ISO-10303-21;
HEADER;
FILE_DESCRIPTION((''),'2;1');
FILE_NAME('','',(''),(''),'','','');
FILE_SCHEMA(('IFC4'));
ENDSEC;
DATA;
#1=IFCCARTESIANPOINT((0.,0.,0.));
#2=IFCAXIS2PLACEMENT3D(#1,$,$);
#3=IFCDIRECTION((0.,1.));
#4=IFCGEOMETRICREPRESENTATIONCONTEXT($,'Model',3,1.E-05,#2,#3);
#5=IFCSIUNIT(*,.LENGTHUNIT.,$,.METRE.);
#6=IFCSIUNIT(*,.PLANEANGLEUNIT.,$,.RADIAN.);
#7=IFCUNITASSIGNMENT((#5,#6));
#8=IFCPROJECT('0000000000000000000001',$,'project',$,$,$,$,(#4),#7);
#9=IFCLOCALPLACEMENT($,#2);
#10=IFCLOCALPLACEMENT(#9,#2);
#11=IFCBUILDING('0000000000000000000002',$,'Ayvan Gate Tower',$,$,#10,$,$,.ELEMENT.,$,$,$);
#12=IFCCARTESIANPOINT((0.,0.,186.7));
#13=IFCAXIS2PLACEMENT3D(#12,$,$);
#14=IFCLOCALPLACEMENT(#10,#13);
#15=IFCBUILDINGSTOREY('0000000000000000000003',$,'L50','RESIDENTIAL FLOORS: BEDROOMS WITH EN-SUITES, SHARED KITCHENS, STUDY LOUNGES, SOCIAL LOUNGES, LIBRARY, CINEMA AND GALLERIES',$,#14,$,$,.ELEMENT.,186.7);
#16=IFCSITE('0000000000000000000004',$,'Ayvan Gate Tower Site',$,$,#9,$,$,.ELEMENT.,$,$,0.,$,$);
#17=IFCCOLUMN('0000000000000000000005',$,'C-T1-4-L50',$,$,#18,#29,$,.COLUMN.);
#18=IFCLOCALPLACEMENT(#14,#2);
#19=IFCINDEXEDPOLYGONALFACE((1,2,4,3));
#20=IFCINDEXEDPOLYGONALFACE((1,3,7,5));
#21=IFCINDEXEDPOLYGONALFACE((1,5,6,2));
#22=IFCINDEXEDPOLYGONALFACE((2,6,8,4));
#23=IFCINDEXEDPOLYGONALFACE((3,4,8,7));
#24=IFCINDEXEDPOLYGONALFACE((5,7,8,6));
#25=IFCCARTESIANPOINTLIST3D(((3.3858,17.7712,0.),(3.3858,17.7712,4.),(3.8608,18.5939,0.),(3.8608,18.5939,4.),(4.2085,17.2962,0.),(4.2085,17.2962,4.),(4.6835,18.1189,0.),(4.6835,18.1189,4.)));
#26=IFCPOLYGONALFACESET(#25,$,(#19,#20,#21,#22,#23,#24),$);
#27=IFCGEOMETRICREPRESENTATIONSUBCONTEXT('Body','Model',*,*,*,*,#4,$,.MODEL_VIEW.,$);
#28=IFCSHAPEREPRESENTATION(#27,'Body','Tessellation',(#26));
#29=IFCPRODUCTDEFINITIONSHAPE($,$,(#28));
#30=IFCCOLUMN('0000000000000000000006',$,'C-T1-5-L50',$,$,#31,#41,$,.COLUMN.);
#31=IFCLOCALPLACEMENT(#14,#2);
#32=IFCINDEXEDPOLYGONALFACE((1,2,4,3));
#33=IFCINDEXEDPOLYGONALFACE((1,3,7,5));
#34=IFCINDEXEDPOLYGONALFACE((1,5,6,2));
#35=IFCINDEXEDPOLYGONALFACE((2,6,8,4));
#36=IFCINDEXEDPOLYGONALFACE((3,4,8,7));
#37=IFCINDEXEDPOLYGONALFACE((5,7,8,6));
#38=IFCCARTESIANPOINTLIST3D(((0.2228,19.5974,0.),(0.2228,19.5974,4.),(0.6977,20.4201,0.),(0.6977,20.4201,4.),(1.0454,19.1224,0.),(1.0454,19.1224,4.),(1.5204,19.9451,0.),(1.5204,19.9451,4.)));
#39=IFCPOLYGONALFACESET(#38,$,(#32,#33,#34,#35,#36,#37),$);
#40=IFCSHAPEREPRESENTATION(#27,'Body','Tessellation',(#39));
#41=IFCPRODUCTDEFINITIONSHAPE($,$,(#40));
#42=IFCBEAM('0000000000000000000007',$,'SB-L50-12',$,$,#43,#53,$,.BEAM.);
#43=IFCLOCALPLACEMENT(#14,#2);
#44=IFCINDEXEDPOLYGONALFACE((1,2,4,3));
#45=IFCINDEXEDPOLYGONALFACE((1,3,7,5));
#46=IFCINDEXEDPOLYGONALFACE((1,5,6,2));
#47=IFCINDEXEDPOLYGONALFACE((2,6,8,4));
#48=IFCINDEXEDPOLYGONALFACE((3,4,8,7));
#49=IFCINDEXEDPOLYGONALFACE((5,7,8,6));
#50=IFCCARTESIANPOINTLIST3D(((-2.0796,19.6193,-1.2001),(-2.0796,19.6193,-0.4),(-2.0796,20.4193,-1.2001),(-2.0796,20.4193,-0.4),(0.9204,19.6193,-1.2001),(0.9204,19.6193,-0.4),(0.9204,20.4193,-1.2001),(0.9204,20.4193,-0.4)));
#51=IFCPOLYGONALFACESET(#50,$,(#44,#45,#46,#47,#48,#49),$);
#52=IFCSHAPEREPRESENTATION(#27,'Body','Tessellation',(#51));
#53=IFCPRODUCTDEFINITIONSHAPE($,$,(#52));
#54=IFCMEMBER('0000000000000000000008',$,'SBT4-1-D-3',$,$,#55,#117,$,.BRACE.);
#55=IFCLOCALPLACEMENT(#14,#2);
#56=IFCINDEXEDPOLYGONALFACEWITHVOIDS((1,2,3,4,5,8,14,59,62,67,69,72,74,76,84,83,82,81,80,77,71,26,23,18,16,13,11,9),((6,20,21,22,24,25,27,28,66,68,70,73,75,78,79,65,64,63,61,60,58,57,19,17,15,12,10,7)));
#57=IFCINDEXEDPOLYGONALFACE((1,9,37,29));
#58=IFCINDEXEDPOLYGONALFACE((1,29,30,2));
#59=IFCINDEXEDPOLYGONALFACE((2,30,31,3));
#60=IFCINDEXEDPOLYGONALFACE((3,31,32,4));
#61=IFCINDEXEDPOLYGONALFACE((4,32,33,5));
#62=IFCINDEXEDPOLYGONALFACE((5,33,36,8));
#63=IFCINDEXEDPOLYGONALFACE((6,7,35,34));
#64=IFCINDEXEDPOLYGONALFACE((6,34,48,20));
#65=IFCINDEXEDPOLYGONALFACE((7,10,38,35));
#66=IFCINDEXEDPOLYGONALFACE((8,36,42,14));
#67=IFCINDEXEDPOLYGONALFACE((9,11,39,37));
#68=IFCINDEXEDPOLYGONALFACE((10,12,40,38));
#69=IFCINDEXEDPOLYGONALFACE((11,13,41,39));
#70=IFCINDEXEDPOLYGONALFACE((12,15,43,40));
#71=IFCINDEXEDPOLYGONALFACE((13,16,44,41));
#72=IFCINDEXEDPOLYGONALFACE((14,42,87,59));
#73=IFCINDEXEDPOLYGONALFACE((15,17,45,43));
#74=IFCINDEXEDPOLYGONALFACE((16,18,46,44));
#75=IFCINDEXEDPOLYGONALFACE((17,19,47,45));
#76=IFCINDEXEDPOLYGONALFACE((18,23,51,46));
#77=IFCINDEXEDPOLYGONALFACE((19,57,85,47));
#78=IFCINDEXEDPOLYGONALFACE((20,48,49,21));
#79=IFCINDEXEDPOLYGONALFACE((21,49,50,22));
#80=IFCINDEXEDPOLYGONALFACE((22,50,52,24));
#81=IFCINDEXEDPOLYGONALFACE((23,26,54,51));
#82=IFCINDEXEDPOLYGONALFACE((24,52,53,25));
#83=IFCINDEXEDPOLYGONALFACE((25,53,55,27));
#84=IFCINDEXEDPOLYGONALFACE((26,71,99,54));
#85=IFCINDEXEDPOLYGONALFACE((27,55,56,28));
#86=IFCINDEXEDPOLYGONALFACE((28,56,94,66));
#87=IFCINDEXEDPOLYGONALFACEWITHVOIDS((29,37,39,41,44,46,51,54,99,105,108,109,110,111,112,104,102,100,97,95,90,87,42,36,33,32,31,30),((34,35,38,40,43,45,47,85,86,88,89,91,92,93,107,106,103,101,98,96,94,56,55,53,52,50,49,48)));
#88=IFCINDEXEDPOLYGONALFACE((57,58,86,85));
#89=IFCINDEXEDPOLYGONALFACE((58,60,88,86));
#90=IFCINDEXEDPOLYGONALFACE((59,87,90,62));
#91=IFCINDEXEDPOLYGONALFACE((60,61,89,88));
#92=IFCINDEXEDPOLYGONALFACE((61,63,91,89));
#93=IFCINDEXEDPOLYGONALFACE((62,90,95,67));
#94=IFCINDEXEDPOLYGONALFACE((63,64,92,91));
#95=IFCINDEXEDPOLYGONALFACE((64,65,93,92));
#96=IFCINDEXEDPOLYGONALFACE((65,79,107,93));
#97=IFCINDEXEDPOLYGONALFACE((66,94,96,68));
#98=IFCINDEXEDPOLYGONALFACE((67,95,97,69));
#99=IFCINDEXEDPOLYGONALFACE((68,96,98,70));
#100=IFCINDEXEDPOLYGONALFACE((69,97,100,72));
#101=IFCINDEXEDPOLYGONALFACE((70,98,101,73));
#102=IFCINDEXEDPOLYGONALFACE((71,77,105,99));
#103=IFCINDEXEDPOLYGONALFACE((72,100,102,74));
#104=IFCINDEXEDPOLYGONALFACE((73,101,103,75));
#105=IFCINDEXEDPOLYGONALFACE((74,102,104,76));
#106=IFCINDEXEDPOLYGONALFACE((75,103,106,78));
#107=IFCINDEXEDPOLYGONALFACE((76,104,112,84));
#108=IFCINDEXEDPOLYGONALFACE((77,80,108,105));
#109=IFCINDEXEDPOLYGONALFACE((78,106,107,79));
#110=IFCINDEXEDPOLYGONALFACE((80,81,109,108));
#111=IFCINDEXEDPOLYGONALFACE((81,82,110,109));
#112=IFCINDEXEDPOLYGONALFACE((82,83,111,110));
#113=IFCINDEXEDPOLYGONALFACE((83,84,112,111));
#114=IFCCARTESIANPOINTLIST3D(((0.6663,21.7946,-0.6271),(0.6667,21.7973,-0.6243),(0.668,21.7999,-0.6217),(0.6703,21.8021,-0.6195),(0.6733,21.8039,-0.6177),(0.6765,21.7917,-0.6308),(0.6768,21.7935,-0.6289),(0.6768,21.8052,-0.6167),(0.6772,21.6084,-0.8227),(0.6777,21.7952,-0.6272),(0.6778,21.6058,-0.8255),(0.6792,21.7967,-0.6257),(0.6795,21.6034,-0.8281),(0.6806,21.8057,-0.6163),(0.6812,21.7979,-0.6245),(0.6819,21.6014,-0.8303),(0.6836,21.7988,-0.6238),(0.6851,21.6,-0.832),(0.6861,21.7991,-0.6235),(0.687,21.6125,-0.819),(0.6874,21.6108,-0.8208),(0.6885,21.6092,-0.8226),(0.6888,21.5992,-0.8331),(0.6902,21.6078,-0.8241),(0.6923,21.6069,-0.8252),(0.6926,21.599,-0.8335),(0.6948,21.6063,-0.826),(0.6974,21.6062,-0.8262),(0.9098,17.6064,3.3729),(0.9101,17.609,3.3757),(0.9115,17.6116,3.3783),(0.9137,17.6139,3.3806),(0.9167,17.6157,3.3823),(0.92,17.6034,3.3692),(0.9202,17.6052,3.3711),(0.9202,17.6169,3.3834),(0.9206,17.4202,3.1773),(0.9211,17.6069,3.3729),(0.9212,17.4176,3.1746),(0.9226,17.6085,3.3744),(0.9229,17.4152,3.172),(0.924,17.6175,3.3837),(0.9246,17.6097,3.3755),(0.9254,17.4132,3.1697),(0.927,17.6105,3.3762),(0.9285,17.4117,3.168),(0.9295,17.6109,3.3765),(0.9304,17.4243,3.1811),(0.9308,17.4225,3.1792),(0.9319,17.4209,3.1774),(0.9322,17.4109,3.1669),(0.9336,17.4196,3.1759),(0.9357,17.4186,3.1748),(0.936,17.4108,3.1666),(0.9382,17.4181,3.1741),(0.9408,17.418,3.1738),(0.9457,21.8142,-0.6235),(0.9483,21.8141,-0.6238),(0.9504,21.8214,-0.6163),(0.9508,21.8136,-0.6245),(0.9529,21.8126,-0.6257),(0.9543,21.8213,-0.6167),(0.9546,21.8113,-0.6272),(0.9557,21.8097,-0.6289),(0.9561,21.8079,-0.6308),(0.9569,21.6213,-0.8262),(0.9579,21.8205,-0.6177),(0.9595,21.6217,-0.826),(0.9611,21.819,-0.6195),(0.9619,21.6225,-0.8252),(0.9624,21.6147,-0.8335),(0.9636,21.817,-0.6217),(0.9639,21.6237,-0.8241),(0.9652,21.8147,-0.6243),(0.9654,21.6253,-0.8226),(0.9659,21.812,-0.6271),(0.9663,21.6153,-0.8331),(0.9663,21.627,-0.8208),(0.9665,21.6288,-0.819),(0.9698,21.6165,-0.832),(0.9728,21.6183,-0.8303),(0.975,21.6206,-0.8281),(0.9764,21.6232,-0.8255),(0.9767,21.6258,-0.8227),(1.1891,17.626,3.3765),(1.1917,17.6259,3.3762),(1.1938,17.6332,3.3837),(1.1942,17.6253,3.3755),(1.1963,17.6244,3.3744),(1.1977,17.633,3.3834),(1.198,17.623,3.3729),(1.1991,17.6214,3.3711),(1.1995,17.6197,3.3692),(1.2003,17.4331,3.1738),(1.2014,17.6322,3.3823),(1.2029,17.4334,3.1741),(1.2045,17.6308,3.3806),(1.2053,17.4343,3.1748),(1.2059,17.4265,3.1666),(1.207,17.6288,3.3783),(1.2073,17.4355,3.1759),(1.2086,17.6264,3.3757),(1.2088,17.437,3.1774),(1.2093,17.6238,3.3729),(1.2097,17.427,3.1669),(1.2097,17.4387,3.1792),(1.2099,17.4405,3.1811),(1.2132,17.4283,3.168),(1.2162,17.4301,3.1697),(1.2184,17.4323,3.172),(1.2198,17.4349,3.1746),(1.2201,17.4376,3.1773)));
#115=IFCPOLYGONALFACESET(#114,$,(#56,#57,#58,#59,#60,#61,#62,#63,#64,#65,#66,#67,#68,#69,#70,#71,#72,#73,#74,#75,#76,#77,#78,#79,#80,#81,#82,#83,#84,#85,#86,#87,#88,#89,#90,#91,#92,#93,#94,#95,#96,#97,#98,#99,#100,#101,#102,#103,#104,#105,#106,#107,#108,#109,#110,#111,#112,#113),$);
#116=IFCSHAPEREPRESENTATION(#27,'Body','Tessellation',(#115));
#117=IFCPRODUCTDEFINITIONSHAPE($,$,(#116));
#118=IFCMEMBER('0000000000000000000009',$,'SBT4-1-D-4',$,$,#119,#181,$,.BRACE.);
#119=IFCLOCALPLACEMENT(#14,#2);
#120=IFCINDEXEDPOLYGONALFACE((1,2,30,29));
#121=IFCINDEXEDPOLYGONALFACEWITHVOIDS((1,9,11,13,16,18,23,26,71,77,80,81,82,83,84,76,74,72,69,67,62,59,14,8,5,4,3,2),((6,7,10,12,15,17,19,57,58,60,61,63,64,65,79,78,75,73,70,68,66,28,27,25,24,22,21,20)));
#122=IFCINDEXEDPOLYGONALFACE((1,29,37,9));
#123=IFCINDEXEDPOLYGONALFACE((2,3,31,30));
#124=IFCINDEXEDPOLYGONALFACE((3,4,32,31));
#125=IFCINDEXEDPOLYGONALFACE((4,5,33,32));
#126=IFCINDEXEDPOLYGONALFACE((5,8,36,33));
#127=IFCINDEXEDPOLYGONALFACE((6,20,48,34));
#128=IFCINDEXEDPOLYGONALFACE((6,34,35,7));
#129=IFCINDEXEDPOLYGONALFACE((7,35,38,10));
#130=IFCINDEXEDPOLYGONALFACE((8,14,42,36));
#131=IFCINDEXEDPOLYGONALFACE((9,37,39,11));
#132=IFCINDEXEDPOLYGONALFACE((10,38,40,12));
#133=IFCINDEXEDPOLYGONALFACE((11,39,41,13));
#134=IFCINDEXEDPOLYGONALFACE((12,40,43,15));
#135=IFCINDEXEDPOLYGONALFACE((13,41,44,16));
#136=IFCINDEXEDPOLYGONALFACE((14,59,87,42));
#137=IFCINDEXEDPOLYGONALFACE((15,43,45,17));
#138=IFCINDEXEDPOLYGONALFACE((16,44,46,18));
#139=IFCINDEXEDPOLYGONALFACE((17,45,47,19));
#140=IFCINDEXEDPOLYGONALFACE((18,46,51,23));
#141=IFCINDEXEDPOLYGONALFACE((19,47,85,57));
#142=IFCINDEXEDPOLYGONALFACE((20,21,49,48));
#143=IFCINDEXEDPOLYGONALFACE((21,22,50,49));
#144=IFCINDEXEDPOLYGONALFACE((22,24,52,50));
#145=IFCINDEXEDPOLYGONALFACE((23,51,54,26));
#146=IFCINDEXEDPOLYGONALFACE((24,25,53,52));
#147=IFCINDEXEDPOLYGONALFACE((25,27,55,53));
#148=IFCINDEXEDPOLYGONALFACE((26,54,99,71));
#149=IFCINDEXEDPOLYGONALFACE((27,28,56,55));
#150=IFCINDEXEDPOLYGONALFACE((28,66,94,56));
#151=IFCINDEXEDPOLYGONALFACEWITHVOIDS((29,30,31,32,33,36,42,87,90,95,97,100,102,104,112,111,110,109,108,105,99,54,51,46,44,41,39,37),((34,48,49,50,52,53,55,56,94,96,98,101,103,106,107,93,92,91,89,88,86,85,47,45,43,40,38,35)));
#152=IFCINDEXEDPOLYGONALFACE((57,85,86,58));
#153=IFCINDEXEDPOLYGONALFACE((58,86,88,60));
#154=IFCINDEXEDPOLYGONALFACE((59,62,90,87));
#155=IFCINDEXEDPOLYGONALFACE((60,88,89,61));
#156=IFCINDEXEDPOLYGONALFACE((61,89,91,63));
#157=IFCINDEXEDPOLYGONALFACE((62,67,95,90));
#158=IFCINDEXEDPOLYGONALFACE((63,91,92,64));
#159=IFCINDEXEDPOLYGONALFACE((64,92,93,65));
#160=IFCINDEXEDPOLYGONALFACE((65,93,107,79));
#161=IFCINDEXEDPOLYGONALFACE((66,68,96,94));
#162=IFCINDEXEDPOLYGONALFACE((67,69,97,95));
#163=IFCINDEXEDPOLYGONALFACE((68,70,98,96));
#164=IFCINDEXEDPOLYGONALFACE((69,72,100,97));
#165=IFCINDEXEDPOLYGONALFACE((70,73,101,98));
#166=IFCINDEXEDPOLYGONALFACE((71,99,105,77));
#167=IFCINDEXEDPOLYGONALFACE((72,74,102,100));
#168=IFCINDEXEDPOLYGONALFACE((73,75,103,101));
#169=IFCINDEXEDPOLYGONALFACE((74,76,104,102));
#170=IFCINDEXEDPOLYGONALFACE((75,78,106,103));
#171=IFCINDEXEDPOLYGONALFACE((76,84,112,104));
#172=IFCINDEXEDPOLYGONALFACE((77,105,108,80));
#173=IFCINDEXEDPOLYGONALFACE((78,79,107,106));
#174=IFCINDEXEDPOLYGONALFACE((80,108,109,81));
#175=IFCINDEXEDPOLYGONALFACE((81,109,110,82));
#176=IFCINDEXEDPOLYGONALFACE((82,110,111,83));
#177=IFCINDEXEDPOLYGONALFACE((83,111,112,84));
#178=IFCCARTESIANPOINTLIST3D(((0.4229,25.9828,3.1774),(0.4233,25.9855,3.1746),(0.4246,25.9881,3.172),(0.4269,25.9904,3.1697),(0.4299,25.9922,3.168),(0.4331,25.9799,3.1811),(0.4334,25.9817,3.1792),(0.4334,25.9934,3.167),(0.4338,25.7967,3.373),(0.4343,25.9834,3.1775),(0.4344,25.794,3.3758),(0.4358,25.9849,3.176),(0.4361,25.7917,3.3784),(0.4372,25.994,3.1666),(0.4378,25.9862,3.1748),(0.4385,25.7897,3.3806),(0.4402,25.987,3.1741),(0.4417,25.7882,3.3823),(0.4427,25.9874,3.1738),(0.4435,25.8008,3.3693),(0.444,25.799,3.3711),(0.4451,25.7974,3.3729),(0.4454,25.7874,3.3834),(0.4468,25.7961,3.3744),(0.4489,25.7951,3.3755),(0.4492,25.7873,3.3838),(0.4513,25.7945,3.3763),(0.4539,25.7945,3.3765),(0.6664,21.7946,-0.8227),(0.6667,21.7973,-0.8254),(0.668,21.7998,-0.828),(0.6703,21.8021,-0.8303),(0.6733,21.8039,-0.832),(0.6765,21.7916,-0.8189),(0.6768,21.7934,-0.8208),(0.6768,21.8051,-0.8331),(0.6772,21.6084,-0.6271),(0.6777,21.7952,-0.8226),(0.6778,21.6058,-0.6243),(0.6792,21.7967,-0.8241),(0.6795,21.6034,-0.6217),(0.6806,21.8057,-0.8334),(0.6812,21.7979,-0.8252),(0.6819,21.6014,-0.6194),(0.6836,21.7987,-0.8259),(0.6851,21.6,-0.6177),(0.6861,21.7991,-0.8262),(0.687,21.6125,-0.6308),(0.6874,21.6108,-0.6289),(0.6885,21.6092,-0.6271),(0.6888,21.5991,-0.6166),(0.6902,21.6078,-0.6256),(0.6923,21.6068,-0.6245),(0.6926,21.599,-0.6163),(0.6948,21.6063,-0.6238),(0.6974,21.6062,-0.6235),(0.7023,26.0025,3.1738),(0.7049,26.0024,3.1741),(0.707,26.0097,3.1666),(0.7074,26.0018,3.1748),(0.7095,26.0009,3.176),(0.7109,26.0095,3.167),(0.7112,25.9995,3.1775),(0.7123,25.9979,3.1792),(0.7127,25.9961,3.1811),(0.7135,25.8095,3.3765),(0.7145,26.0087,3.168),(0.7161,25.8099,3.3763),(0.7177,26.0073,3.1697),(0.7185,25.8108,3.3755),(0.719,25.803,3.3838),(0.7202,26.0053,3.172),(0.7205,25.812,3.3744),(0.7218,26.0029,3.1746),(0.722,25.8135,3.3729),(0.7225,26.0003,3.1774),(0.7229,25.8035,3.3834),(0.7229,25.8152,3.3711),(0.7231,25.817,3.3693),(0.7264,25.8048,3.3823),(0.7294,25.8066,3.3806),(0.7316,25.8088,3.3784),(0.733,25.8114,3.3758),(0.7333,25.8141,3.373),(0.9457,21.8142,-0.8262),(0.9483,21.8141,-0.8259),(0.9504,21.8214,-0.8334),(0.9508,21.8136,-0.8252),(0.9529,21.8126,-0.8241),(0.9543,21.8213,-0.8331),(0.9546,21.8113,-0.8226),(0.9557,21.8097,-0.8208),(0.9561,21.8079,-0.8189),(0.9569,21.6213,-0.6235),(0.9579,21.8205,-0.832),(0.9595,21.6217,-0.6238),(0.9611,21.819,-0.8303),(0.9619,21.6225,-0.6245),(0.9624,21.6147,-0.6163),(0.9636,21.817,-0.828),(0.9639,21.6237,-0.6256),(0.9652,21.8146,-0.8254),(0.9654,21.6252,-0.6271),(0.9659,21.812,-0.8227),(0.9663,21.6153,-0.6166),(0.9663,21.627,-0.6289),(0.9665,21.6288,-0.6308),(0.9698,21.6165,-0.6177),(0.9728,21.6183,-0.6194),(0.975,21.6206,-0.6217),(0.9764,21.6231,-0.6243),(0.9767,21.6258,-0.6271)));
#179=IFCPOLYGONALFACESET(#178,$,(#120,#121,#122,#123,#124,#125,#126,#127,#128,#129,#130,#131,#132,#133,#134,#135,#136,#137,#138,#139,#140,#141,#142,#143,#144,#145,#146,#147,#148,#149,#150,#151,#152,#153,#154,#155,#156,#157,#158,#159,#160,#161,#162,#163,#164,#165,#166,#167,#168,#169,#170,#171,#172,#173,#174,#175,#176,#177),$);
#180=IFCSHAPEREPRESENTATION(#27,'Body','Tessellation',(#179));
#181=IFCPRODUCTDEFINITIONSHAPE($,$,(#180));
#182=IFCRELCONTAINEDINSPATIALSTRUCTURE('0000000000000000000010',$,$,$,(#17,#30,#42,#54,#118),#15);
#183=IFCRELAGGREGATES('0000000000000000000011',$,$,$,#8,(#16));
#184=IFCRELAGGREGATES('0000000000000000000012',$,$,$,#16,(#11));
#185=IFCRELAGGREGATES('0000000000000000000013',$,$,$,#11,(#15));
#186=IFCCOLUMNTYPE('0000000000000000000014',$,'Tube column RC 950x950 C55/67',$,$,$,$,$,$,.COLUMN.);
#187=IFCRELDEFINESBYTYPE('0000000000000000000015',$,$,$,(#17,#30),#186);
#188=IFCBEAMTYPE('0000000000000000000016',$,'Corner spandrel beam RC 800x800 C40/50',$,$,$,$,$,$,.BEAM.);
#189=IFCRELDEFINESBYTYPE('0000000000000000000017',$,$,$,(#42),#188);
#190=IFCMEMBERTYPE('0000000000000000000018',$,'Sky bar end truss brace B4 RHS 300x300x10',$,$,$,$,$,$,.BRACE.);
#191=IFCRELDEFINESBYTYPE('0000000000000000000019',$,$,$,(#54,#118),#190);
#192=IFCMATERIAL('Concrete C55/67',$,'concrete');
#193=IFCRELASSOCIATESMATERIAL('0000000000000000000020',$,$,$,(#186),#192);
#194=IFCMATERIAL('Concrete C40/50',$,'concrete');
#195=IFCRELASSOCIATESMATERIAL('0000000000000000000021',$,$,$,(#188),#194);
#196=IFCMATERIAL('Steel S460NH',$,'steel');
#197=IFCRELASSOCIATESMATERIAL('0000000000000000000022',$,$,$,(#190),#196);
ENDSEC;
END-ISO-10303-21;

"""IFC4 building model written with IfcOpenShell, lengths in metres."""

from ifc_helpers import new_model, si_unit, direction, frame, origin, origin_2d, place, context, subcontext, project, spatial, rectangle, hollow_rectangle, extrude, material, material_profile, profile_set, type_object, element, save


model = new_model("IFC4")

# Units and contexts
model_context = context("Model", 3, precision=1e-05, world=origin(), true_north=direction((0.0, 1.0)))
body_context = subcontext(model_context, "Body", "Model", "MODEL_VIEW")
ifc_project = project(units=[si_unit("LENGTHUNIT", "METRE"), si_unit("PLANEANGLEUNIT", "RADIAN")], contexts=[model_context])

# Site, building, storey
site_placement = place(None, origin())
site = spatial("IfcSite", under=ifc_project, at=site_placement, Name="Ayvan Gate Tower Site", CompositionType="ELEMENT", RefElevation=0.0)
building_placement = place(site_placement, origin())
building = spatial("IfcBuilding", under=site, at=building_placement, Name="Ayvan Gate Tower", CompositionType="ELEMENT")
storey_placement = place(building_placement, frame((0.0, 0.0, 186.7)))
storey = spatial("IfcBuildingStorey", under=building, at=storey_placement, Name="L50", Description="RESIDENTIAL FLOORS: BEDROOMS WITH EN-SUITES, SHARED KITCHENS, STUDY LOUNGES, SOCIAL LOUNGES, LIBRARY, CINEMA AND GALLERIES", CompositionType="ELEMENT", Elevation=186.7)

# Columns
ifc_material_1 = material(Name="Concrete C55/67", Category="concrete")
ifc_material_profile_1 = material_profile(ifc_material_1, rectangle(XDim=0.95, YDim=0.95, at=origin_2d()), Name="RC 950x950")
ifc_profile_set_1 = profile_set([ifc_material_profile_1], Name="Concrete C55/67")
column_type = type_object("IfcColumnType", Name="Tube column RC 950x950 C55/67", PredefinedType="COLUMN", material=ifc_profile_set_1)
for number, where, z_axis, x_axis, name in (
    (1, (4.0347, 17.9451, 0.0), (0.0, 0.0, 1.0), (0.5, 0.866025, 0.0), "C-T1-4-L50"),
    (2, (0.8716, 19.7712, 0.0), (0.0, 0.0, 1.0), (0.5, 0.866025, 0.0), "C-T1-5-L50"),
):
    element("IfcColumn", number, at=place(storey_placement, frame(where, z_axis=z_axis, x_axis=x_axis)), inside=storey, type_object=column_type, Name=name, PredefinedType="COLUMN", context=body_context, shape_type="SweptSolid", body=[
        extrude(rectangle(XDim=0.95, YDim=0.95, at=origin_2d()), origin(), (0.0, 0.0, 1.0), 4.0),
    ])

# Beam
ifc_material_2 = material(Name="Concrete C40/50", Category="concrete")
ifc_material_profile_2 = material_profile(ifc_material_2, rectangle(XDim=0.8, YDim=0.8, at=origin_2d()), Name="RC 800x800")
ifc_profile_set_2 = profile_set([ifc_material_profile_2], Name="Concrete C40/50")
beam_type_1 = type_object("IfcBeamType", Name="Corner spandrel beam RC 800x800 C40/50", PredefinedType="BEAM", material=ifc_profile_set_2)
beam_1_placement = place(storey_placement, frame((0.9204, 20.0193, -0.8), z_axis=(-1.0, 0.0, 0.0), x_axis=(0.0, -1.0, 0.0)))
element("IfcBeam", 3, at=beam_1_placement, inside=storey, type_object=beam_type_1, Name="SB-L50-12", PredefinedType="BEAM", context=body_context, shape_type="SweptSolid", body=[
    extrude(rectangle(XDim=0.8, YDim=0.8, at=origin_2d()), origin(), (0.0, 0.0, 1.0), 3.0),
])

# Members
ifc_material_3 = material(Name="Steel S460NH", Category="steel")
ifc_material_profile_3 = material_profile(ifc_material_3, hollow_rectangle(XDim=0.3, YDim=0.3, WallThickness=0.01, InnerFilletRadius=0.01, OuterFilletRadius=0.0149, at=origin_2d()), Name="RHS 300x300x10")
ifc_profile_set_3 = profile_set([ifc_material_profile_3], Name="Steel S460NH")
member_type_1 = type_object("IfcMemberType", Name="Sky bar end truss brace B4 RHS 300x300x10", PredefinedType="BRACE", material=ifc_profile_set_3)
for number, where, z_axis, x_axis, name in (
    (4, (1.0649, 17.522, 3.2751), (-0.041992, 0.722533, -0.69006), (-0.998315, -0.058019, 0.0), "SBT4-1-D-3"),
    (5, (0.8215, 21.7102, -0.7249), (-0.041992, 0.722533, 0.69006), (-0.998315, -0.058019, 0.0), "SBT4-1-D-4"),
):
    element("IfcMember", number, at=place(storey_placement, frame(where, z_axis=z_axis, x_axis=x_axis)), inside=storey, type_object=member_type_1, Name=name, PredefinedType="BRACE", context=body_context, shape_type="SweptSolid", body=[
        extrude(hollow_rectangle(XDim=0.3, YDim=0.3, WallThickness=0.01, InnerFilletRadius=0.01, OuterFilletRadius=0.0149, at=origin_2d()), origin(), (0.0, 0.0, 1.0), 5.7966),
    ])

save(model, "model.ifc")
